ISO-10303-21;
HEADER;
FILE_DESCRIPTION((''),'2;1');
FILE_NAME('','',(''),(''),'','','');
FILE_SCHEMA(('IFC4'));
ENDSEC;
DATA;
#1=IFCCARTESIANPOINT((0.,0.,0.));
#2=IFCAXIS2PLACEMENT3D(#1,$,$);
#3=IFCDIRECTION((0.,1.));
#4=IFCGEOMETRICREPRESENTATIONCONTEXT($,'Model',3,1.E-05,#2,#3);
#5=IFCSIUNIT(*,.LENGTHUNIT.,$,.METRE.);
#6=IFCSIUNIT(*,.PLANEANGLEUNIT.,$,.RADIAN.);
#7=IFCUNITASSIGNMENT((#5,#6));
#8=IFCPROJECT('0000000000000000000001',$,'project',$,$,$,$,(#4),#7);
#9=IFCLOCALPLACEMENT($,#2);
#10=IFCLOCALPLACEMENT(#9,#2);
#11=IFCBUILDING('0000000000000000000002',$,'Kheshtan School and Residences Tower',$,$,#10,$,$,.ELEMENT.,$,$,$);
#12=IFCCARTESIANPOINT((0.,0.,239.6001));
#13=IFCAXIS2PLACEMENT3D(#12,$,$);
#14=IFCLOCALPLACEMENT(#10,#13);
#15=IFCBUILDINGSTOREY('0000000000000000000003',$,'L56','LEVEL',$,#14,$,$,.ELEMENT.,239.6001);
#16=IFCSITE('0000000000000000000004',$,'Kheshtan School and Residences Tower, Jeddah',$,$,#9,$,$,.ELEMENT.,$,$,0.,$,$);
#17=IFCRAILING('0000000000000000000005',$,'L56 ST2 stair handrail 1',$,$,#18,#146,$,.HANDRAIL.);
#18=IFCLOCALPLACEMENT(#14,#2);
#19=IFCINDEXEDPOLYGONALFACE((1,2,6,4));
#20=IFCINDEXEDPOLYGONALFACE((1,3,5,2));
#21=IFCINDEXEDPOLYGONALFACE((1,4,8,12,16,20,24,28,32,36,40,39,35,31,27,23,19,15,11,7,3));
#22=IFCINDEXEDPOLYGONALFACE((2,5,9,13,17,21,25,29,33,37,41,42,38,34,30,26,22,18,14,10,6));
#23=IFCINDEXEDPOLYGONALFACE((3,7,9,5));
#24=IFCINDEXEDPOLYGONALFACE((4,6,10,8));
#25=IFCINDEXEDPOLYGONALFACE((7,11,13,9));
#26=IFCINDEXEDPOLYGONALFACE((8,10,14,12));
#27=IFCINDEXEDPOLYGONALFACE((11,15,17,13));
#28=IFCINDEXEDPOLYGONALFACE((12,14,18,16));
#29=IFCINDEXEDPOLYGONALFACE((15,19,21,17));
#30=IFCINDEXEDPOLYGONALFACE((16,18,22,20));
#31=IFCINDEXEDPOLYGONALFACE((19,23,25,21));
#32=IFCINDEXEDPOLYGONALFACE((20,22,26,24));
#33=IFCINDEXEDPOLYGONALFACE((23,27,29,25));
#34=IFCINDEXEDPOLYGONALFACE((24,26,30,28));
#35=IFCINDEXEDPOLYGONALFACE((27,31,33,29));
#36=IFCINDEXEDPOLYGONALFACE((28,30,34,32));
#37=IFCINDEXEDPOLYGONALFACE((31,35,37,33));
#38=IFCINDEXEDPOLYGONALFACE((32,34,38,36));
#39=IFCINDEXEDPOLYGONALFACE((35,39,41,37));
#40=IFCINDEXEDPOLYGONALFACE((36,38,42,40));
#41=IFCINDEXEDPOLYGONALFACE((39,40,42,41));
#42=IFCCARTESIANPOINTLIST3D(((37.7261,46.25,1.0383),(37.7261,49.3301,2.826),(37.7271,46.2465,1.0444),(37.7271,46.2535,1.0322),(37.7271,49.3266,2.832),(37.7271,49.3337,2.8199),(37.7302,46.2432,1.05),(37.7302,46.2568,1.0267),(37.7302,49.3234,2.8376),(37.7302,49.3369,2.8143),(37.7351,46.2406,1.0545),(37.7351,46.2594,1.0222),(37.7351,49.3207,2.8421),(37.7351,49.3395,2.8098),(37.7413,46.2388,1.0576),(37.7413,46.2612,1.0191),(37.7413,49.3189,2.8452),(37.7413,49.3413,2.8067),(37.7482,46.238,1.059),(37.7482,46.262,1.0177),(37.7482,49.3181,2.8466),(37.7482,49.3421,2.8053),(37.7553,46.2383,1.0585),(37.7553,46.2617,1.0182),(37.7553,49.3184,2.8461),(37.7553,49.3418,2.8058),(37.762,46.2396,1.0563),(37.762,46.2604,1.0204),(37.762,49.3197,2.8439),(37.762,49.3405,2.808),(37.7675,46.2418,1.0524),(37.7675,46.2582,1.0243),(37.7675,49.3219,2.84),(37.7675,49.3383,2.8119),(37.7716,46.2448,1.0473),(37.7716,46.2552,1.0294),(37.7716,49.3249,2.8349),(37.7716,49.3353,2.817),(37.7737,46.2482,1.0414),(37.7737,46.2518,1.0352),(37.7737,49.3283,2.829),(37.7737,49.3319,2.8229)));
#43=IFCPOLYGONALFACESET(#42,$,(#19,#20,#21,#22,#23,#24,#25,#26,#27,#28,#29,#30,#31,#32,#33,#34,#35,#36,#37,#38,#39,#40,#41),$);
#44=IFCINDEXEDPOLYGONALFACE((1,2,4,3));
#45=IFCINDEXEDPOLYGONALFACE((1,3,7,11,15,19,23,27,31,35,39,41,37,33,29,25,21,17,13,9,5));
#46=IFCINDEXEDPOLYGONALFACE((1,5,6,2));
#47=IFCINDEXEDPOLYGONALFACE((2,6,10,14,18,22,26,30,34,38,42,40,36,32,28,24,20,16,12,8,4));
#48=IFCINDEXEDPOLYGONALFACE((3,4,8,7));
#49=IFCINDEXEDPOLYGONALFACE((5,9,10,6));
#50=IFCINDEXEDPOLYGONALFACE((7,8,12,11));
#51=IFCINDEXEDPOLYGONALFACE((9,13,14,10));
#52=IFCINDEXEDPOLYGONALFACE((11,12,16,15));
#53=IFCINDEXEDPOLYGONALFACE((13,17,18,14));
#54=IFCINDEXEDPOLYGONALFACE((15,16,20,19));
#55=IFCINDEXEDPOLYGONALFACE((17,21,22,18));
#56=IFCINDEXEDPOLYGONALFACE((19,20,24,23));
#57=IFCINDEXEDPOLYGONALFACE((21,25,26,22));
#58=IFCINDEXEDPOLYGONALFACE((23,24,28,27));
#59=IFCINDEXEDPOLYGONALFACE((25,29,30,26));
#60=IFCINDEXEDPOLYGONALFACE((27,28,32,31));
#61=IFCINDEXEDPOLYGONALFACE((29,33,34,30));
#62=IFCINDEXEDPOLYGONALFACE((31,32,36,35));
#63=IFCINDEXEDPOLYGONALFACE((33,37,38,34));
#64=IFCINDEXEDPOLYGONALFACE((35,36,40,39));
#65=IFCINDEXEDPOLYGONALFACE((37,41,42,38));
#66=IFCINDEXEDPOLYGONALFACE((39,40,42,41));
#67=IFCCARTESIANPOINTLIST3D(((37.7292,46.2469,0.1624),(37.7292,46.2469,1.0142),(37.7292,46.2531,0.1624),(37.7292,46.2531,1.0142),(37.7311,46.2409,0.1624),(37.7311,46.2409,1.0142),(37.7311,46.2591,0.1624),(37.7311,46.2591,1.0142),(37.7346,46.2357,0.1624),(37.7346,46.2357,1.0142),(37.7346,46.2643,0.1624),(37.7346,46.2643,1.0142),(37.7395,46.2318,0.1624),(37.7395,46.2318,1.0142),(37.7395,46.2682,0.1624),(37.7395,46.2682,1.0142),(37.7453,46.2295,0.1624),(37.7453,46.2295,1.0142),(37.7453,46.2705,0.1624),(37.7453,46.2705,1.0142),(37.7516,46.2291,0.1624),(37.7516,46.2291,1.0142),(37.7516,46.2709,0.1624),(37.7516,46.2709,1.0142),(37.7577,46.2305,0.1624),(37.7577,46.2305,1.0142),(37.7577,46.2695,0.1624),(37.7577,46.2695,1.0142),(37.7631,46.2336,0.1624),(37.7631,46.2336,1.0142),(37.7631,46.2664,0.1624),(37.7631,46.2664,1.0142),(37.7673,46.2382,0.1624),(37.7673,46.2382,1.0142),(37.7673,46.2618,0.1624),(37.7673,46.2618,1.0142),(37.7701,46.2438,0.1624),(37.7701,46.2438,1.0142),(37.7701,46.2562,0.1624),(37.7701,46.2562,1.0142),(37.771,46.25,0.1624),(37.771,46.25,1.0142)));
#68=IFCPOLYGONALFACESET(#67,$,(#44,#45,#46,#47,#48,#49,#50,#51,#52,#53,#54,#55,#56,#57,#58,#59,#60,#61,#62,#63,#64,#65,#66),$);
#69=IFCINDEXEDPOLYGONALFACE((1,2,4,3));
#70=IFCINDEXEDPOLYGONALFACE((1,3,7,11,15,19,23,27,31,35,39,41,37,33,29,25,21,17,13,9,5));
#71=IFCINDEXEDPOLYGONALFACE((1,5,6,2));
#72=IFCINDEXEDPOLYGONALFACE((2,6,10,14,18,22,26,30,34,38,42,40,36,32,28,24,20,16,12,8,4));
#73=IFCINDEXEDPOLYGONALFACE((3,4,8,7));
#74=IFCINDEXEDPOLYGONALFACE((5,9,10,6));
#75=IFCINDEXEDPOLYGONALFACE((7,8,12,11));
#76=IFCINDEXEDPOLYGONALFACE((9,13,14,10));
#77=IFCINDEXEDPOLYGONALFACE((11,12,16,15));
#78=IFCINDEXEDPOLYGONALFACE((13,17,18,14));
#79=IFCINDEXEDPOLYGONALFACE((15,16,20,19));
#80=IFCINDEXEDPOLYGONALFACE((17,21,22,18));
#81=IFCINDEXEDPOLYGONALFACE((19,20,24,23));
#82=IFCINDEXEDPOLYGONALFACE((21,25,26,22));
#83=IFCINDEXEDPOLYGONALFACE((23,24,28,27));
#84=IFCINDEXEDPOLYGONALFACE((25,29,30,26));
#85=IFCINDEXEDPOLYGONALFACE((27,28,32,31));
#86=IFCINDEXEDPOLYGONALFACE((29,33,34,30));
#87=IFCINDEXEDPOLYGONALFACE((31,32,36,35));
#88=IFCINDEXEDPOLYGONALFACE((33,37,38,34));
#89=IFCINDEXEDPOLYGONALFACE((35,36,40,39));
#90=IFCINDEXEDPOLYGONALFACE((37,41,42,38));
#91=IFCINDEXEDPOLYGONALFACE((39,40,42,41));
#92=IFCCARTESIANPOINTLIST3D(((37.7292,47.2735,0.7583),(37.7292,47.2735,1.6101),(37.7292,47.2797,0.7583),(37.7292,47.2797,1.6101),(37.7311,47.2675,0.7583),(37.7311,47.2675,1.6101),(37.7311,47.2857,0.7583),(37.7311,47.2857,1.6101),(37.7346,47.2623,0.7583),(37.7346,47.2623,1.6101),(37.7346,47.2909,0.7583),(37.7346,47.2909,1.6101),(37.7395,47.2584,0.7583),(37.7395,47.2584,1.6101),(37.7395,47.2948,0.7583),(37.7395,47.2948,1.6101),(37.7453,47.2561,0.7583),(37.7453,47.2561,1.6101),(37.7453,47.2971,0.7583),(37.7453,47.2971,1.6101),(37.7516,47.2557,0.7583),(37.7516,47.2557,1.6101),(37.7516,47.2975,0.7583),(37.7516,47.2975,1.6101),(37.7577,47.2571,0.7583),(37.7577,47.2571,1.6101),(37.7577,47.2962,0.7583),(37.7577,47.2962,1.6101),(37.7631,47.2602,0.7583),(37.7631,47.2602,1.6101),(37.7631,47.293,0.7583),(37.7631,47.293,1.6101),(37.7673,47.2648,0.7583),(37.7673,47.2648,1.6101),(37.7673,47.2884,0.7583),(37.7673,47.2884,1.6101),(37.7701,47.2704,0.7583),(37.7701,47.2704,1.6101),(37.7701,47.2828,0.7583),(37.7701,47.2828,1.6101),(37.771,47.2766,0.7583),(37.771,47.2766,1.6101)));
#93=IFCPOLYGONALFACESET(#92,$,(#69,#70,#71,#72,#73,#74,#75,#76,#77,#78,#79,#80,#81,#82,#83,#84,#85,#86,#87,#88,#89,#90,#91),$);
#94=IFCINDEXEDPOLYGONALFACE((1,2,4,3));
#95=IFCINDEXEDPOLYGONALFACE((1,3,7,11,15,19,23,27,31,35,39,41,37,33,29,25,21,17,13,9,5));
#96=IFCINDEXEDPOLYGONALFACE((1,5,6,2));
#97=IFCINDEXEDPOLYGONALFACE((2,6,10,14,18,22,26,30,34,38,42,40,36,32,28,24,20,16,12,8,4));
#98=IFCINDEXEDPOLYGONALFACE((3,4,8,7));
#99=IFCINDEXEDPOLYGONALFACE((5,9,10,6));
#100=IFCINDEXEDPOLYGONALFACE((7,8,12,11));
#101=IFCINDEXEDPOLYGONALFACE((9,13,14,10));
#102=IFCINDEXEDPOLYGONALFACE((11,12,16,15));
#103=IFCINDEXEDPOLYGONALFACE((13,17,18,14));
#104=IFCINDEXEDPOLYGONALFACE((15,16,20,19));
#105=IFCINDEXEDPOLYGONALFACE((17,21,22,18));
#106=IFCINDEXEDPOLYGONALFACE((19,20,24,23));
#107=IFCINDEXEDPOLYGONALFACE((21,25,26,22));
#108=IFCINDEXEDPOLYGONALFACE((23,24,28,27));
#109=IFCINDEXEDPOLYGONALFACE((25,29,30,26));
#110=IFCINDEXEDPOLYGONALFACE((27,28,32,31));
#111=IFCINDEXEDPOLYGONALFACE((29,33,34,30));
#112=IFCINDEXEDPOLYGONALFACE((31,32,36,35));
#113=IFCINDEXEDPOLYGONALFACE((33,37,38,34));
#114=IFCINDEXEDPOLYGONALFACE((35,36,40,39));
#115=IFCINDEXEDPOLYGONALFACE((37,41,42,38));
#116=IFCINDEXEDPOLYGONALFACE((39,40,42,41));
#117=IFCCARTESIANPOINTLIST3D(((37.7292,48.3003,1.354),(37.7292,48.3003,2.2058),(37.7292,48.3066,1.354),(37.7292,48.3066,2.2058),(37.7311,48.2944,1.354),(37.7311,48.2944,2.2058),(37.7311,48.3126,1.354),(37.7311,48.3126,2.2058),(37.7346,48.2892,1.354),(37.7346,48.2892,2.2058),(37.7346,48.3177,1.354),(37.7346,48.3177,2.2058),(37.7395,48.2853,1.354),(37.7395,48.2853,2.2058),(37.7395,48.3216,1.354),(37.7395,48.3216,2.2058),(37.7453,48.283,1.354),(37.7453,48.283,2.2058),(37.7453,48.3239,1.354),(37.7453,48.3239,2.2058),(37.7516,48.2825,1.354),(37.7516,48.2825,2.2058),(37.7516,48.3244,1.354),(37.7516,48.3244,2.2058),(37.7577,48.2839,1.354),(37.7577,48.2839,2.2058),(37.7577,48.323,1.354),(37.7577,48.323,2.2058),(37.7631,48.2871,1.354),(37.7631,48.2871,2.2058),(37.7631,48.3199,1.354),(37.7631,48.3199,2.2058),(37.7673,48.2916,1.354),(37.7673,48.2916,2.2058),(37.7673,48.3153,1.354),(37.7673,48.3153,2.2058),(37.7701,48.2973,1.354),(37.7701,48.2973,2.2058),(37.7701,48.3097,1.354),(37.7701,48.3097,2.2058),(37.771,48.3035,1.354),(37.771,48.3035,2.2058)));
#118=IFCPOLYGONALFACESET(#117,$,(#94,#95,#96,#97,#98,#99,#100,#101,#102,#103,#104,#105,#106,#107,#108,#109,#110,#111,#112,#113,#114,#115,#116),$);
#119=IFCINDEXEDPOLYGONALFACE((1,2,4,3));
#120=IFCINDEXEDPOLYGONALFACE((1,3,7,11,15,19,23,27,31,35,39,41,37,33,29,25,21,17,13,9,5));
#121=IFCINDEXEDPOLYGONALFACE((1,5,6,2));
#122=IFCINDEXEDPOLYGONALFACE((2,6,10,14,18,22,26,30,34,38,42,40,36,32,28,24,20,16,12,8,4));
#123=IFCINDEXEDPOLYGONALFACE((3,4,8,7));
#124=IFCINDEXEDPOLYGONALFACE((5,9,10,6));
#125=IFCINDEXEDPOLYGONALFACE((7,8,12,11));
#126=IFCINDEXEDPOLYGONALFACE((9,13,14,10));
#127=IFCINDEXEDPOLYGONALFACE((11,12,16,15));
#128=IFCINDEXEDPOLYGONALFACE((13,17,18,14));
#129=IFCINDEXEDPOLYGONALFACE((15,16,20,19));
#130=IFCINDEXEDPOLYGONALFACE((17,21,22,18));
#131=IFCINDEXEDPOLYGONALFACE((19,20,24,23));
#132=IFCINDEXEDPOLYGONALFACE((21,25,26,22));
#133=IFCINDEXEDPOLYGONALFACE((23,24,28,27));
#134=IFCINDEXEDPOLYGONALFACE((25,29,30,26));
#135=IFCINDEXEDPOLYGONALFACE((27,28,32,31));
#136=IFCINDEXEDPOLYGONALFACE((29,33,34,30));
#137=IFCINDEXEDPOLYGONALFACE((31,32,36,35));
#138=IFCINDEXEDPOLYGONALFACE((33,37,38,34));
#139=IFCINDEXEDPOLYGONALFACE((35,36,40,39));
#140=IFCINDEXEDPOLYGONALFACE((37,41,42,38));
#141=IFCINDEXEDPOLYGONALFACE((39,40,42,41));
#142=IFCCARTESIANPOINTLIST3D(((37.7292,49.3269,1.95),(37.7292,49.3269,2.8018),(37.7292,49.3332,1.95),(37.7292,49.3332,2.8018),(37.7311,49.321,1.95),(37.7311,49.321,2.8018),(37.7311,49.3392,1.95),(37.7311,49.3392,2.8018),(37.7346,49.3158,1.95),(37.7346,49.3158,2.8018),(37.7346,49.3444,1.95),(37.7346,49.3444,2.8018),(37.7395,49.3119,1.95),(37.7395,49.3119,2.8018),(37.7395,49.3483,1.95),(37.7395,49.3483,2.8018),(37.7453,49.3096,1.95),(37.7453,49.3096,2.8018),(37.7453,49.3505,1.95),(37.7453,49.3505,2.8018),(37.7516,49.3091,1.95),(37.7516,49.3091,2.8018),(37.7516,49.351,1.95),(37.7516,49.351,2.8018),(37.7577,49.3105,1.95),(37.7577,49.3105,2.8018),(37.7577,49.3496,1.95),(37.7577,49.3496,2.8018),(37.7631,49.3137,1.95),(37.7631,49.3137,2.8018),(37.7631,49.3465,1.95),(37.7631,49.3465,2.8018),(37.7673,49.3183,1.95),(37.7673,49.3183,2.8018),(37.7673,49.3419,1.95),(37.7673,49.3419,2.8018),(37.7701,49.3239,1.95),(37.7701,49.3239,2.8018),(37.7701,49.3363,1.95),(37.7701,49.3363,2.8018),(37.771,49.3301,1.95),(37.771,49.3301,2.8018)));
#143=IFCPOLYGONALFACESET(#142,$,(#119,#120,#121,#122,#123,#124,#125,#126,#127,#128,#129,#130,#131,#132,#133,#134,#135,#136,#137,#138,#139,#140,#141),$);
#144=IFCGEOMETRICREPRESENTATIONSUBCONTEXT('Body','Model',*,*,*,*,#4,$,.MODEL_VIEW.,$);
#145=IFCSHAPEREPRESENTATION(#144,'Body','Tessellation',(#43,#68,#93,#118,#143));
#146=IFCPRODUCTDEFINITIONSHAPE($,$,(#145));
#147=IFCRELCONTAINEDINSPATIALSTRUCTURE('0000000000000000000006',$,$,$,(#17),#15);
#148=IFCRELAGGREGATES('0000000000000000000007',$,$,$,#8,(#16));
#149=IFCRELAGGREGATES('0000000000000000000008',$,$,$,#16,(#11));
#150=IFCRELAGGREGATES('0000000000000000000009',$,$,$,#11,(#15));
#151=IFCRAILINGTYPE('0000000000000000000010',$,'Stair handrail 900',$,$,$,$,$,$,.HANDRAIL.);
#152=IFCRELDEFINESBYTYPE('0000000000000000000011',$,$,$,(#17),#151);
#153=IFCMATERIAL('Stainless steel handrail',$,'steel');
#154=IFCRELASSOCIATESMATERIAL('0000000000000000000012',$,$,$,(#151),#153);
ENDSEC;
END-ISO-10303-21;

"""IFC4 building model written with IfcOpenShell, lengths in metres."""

from ifc_helpers import new_model, si_unit, direction, frame, origin, origin_2d, place, context, subcontext, project, spatial, circle, extrude, material, type_object, element, save


model = new_model("IFC4")

# Units and contexts
model_context = context("Model", 3, precision=1e-05, world=origin(), true_north=direction((0.0, 1.0)))
body_context = subcontext(model_context, "Body", "Model", "MODEL_VIEW")
ifc_project = project(units=[si_unit("LENGTHUNIT", "METRE"), si_unit("PLANEANGLEUNIT", "RADIAN")], contexts=[model_context])

# Site, building, storey
site_placement = place(None, origin())
site = spatial("IfcSite", under=ifc_project, at=site_placement, Name="Kheshtan School and Residences Tower, Jeddah", CompositionType="ELEMENT", RefElevation=0.0)
building_placement = place(site_placement, origin())
building = spatial("IfcBuilding", under=site, at=building_placement, Name="Kheshtan School and Residences Tower", CompositionType="ELEMENT")
storey_placement = place(building_placement, frame((0.0, 0.0, 239.6001)))
storey = spatial("IfcBuildingStorey", under=building, at=storey_placement, Name="L56", Description="LEVEL", CompositionType="ELEMENT", Elevation=239.6001)

# Railing
ifc_material_1 = material(Name="Stainless steel handrail", Category="steel")
railing_type_1 = type_object("IfcRailingType", Name="Stair handrail 900", PredefinedType="HANDRAIL", material=ifc_material_1)
railing_1_placement = place(storey_placement, frame((37.75, 46.25, 0.1624)))
element("IfcRailing", 1, at=railing_1_placement, inside=storey, type_object=railing_type_1, Name="L56 ST2 stair handrail 1", PredefinedType="HANDRAIL", context=body_context, shape_type="SweptSolid", body=[
    extrude(circle(Radius=0.0239, at=origin_2d()), frame((0.0, 0.0, 0.876), z_axis=(0.0, 0.864891, 0.50196), x_axis=(-1.0, 0.0, 0.0)), (0.0, 0.0, 1.0), 3.5613),
    extrude(circle(Radius=0.021, at=origin_2d()), origin(), (0.0, 0.0, 1.0), 0.8518),
    extrude(circle(Radius=0.021, at=origin_2d()), frame((0.0, 1.0266, 0.5959)), (0.0, 0.0, 1.0), 0.8518),
    extrude(circle(Radius=0.021, at=origin_2d()), frame((0.0, 2.0535, 1.1917)), (0.0, 0.0, 1.0), 0.8518),
    extrude(circle(Radius=0.021, at=origin_2d()), frame((0.0, 3.0801, 1.7876)), (0.0, 0.0, 1.0), 0.8518),
])

save(model, "model.ifc")
